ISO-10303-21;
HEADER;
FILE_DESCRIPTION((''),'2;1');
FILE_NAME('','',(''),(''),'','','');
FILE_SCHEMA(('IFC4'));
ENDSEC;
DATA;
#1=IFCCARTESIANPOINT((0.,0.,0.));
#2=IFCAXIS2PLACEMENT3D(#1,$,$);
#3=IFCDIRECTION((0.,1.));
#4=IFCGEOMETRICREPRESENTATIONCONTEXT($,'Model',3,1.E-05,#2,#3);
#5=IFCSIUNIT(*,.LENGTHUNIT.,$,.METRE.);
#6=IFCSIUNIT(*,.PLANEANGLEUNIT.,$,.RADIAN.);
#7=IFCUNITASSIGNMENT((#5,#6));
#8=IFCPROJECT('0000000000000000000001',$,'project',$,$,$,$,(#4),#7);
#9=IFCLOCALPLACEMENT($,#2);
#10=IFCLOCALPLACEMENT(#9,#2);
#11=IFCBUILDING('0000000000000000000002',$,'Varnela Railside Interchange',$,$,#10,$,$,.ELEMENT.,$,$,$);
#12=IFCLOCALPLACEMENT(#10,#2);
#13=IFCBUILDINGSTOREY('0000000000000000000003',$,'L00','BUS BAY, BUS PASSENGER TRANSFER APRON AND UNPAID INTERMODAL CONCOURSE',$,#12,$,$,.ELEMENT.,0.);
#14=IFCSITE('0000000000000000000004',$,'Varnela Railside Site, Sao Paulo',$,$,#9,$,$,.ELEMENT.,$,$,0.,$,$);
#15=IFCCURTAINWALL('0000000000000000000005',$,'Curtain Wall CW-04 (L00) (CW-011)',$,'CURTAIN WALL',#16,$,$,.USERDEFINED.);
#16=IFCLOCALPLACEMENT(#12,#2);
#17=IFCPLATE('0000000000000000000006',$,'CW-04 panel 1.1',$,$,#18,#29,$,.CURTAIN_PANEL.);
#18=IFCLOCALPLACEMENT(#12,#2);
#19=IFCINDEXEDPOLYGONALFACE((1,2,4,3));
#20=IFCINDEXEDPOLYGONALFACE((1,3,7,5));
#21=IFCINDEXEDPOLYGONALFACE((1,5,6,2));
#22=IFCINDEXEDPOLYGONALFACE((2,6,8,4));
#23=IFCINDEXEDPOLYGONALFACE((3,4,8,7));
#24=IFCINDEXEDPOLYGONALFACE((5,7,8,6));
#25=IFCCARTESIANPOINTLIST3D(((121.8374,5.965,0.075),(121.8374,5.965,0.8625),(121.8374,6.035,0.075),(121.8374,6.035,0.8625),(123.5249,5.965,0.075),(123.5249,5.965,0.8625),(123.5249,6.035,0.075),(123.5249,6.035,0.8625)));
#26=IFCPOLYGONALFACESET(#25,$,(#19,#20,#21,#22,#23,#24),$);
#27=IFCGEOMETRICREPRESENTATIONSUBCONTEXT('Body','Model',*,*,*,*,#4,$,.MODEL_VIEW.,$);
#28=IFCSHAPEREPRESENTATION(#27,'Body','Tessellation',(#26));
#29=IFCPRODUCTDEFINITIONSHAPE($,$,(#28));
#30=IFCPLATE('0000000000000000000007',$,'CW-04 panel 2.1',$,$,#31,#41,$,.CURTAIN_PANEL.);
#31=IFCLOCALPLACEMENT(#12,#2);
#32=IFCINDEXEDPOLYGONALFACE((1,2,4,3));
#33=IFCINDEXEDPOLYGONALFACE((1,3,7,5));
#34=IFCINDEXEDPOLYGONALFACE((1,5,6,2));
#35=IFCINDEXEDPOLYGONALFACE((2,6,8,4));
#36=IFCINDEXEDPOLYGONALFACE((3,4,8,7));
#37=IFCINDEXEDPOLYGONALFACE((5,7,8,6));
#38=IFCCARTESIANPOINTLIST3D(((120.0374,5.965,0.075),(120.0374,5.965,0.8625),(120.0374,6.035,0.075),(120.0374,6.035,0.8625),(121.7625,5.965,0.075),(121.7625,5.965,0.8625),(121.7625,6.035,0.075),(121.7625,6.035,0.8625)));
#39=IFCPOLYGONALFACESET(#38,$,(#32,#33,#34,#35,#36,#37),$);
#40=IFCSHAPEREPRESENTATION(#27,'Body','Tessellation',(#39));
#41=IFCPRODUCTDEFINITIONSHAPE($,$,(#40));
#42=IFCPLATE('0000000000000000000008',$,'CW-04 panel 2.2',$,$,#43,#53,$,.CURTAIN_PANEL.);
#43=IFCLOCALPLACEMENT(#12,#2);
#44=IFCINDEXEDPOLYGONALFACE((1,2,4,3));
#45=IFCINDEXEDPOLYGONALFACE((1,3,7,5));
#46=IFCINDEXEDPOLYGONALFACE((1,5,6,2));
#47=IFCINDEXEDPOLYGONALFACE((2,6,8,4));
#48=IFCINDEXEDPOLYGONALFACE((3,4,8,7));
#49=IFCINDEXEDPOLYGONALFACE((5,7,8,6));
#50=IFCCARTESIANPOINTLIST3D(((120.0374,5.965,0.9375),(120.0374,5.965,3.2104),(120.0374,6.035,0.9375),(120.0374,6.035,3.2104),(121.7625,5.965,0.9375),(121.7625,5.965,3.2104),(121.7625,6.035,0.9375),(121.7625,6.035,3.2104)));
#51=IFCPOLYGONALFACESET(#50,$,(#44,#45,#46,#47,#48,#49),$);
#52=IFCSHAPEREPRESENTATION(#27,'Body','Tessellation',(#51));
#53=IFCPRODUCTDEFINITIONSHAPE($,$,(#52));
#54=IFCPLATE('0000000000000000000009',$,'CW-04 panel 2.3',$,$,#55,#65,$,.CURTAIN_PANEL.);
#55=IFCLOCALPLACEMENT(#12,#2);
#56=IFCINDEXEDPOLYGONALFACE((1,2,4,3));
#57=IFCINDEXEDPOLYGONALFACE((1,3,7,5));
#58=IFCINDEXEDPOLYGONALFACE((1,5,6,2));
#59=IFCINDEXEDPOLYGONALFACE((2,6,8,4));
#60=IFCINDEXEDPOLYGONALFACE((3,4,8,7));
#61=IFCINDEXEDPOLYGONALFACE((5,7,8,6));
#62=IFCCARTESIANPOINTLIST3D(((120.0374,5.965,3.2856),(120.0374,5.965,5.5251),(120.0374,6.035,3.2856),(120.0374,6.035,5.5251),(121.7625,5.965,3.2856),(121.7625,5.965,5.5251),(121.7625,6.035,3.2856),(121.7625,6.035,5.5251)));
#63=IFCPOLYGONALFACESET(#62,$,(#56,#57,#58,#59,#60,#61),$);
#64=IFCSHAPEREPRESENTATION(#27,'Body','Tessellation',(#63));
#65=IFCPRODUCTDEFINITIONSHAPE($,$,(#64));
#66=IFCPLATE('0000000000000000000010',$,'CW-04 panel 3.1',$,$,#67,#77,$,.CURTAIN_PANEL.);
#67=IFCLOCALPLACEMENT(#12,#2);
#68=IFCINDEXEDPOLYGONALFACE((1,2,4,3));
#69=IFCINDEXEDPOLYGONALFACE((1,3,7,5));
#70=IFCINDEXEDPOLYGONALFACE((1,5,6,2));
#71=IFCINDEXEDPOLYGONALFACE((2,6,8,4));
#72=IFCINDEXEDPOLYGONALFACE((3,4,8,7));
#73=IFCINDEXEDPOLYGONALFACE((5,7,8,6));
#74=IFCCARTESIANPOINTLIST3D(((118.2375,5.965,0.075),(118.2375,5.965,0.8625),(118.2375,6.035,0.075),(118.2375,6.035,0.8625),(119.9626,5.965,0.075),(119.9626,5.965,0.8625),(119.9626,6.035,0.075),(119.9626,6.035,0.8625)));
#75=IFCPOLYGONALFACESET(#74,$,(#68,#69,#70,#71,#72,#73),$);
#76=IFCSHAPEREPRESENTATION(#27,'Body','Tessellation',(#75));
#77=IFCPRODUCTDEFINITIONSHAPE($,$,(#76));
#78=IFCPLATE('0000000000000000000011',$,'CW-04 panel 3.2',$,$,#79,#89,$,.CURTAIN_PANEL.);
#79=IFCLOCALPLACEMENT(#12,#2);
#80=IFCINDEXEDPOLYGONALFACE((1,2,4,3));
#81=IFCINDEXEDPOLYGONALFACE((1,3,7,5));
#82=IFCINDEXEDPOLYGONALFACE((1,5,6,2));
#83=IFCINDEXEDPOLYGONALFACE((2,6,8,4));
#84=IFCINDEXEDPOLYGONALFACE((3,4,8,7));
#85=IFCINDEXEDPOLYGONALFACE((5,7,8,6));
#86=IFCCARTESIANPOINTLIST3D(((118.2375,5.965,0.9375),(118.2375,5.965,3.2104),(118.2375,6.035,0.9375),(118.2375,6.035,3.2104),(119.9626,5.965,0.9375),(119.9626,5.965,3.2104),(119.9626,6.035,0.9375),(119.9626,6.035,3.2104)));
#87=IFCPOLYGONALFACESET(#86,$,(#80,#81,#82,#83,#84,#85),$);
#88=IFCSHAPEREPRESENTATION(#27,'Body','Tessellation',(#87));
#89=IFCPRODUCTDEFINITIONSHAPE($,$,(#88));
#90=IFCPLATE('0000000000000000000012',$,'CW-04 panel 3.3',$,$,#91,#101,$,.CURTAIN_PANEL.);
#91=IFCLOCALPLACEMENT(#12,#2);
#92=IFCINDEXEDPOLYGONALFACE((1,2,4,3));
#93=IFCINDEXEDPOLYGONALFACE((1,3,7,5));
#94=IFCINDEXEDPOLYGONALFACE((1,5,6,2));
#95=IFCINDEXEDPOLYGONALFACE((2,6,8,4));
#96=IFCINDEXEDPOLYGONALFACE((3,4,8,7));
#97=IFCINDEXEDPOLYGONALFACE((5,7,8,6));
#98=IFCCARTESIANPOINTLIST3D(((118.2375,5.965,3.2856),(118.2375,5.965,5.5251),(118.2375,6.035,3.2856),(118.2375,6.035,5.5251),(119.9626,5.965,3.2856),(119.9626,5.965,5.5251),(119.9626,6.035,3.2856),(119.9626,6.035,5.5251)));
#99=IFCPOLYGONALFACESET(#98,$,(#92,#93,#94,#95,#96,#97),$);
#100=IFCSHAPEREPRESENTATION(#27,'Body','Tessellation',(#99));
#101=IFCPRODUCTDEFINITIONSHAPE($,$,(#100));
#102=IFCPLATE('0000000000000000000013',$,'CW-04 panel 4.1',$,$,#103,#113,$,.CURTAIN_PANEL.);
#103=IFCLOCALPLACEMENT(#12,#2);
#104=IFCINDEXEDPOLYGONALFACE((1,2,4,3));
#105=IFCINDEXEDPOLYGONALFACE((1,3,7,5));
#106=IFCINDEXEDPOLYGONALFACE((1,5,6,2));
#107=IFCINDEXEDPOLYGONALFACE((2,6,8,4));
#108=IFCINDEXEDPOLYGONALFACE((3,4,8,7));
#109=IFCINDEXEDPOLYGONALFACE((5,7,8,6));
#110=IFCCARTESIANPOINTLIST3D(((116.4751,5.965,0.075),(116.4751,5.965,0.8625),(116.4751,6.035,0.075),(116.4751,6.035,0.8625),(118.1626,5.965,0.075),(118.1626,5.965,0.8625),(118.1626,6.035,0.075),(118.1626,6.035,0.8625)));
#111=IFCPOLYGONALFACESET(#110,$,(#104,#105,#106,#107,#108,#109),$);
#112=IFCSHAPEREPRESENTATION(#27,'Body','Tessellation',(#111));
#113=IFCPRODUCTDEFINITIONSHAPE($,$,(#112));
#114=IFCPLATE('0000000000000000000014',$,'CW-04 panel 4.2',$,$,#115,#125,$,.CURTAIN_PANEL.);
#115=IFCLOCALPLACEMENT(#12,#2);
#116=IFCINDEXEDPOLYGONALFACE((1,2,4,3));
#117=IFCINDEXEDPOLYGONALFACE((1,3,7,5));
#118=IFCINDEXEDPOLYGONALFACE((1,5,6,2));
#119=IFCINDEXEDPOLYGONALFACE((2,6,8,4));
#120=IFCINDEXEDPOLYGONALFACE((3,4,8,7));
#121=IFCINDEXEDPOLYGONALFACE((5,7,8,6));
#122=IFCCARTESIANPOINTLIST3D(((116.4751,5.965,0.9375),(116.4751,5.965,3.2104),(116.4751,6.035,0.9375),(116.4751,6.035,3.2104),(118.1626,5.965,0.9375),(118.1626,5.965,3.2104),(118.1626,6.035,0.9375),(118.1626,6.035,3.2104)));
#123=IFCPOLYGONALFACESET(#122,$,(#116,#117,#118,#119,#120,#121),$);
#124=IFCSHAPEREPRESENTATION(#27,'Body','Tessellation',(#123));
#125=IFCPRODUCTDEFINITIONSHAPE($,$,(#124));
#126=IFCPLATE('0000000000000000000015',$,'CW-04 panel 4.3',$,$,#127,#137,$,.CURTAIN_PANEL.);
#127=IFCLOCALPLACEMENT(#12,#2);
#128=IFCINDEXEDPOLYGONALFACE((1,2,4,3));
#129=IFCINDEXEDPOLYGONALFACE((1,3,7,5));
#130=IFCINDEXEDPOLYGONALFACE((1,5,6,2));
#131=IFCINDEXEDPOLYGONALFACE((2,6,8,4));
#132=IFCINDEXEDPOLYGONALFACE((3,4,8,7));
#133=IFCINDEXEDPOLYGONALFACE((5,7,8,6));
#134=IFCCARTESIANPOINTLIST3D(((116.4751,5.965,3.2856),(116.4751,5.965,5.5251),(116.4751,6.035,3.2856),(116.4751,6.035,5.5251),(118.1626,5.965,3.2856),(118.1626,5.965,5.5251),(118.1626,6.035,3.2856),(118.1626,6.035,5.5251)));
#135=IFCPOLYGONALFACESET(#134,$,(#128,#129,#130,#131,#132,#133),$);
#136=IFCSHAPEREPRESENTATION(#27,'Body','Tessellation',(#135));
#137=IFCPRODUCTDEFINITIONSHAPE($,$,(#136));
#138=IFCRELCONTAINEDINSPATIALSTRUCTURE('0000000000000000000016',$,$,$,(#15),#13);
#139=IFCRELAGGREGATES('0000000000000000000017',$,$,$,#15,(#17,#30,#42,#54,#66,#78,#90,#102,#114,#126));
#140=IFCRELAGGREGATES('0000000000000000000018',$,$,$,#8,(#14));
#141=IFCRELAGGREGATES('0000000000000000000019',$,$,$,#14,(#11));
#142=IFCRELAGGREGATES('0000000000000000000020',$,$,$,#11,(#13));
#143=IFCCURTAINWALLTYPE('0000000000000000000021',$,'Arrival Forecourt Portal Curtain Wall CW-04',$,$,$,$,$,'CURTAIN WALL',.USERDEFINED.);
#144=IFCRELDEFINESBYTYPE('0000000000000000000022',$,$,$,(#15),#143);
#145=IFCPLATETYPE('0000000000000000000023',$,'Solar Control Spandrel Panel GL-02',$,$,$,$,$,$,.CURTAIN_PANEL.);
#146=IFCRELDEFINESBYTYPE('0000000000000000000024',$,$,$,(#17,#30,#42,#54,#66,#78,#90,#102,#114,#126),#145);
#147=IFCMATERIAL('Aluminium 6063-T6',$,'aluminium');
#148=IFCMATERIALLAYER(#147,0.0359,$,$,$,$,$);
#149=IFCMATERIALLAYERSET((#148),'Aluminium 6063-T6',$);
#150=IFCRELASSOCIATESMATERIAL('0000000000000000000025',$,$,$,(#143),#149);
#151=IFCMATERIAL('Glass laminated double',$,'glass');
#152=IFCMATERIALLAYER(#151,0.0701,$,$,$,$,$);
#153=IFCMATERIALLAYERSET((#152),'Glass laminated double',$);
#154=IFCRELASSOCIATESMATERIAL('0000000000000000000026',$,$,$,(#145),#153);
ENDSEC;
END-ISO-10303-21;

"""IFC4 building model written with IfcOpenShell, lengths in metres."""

from ifc_helpers import new_model, si_unit, direction, frame, origin, origin_2d, place, context, subcontext, project, spatial, rectangle, extrude, material, layer, layer_set, type_object, element, aggregate, save


model = new_model("IFC4")

# Units and contexts
model_context = context("Model", 3, precision=1e-05, world=origin(), true_north=direction((0.0, 1.0)))
body_context = subcontext(model_context, "Body", "Model", "MODEL_VIEW")
ifc_project = project(units=[si_unit("LENGTHUNIT", "METRE"), si_unit("PLANEANGLEUNIT", "RADIAN")], contexts=[model_context])

# Site, building, storey
site_placement = place(None, origin())
site = spatial("IfcSite", under=ifc_project, at=site_placement, Name="Varnela Railside Site, Sao Paulo", CompositionType="ELEMENT", RefElevation=0.0)
building_placement = place(site_placement, origin())
building = spatial("IfcBuilding", under=site, at=building_placement, Name="Varnela Railside Interchange", CompositionType="ELEMENT")
storey_placement = place(building_placement, origin())
storey = spatial("IfcBuildingStorey", under=building, at=storey_placement, Name="L00", Description="BUS BAY, BUS PASSENGER TRANSFER APRON AND UNPAID INTERMODAL CONCOURSE", CompositionType="ELEMENT", Elevation=0.0)

# Curtain wall, plates
ifc_material_1 = material(Name="Aluminium 6063-T6", Category="aluminium")
ifc_layer_1 = layer(ifc_material_1, 0.0359)
ifc_layer_set_1 = layer_set([ifc_layer_1], Name="Aluminium 6063-T6")
curtain_wall_type = type_object("IfcCurtainWallType", Name="Arrival Forecourt Portal Curtain Wall CW-04", ElementType="CURTAIN WALL", PredefinedType="USERDEFINED", material=ifc_layer_set_1)
curtain_wall_placement = place(storey_placement, origin())
curtain_wall = element("IfcCurtainWall", 1, at=curtain_wall_placement, inside=storey, type_object=curtain_wall_type, Name="Curtain Wall CW-04 (L00) (CW-011)", ObjectType="CURTAIN WALL", PredefinedType="USERDEFINED")
ifc_material_2 = material(Name="Glass laminated double", Category="glass")
ifc_layer_2 = layer(ifc_material_2, 0.0701)
ifc_layer_set_2 = layer_set([ifc_layer_2], Name="Glass laminated double")
plate_type = type_object("IfcPlateType", Name="Solar Control Spandrel Panel GL-02", PredefinedType="CURTAIN_PANEL", material=ifc_layer_set_2)
plate_1_placement = place(storey_placement, frame((122.6812, 6.0, 0.075), z_axis=(0.0, 0.0, 1.0), x_axis=(-1.0, 0.0, 0.0)))
plate_1 = element("IfcPlate", 2, at=plate_1_placement, type_object=plate_type, Name="CW-04 panel 1.1", PredefinedType="CURTAIN_PANEL", context=body_context, shape_type="SweptSolid", body=[
    extrude(rectangle(XDim=1.6875, YDim=0.0701, at=origin_2d()), origin(), (0.0, 0.0, 1.0), 0.7876),
])
plate_2_placement = place(storey_placement, frame((120.8999, 6.0, 0.075), z_axis=(0.0, 0.0, 1.0), x_axis=(-1.0, 0.0, 0.0)))
plate_2 = element("IfcPlate", 3, at=plate_2_placement, type_object=plate_type, Name="CW-04 panel 2.1", PredefinedType="CURTAIN_PANEL", context=body_context, shape_type="SweptSolid", body=[
    extrude(rectangle(XDim=1.7251, YDim=0.0701, at=origin_2d()), origin(), (0.0, 0.0, 1.0), 0.7876),
])
plate_3_placement = place(storey_placement, frame((120.8999, 6.0, 0.9375), z_axis=(0.0, 0.0, 1.0), x_axis=(-1.0, 0.0, 0.0)))
plate_3 = element("IfcPlate", 4, at=plate_3_placement, type_object=plate_type, Name="CW-04 panel 2.2", PredefinedType="CURTAIN_PANEL", context=body_context, shape_type="SweptSolid", body=[
    extrude(rectangle(XDim=1.7251, YDim=0.0701, at=origin_2d()), origin(), (0.0, 0.0, 1.0), 2.2729),
])
plate_4_placement = place(storey_placement, frame((120.8999, 6.0, 3.2856), z_axis=(0.0, 0.0, 1.0), x_axis=(-1.0, 0.0, 0.0)))
plate_4 = element("IfcPlate", 5, at=plate_4_placement, type_object=plate_type, Name="CW-04 panel 2.3", PredefinedType="CURTAIN_PANEL", context=body_context, shape_type="SweptSolid", body=[
    extrude(rectangle(XDim=1.7251, YDim=0.0701, at=origin_2d()), origin(), (0.0, 0.0, 1.0), 2.2395),
])
plate_5_placement = place(storey_placement, frame((119.1001, 6.0, 0.075), z_axis=(0.0, 0.0, 1.0), x_axis=(-1.0, 0.0, 0.0)))
plate_5 = element("IfcPlate", 6, at=plate_5_placement, type_object=plate_type, Name="CW-04 panel 3.1", PredefinedType="CURTAIN_PANEL", context=body_context, shape_type="SweptSolid", body=[
    extrude(rectangle(XDim=1.7251, YDim=0.0701, at=origin_2d()), origin(), (0.0, 0.0, 1.0), 0.7876),
])
plate_6_placement = place(storey_placement, frame((119.1001, 6.0, 0.9375), z_axis=(0.0, 0.0, 1.0), x_axis=(-1.0, 0.0, 0.0)))
plate_6 = element("IfcPlate", 7, at=plate_6_placement, type_object=plate_type, Name="CW-04 panel 3.2", PredefinedType="CURTAIN_PANEL", context=body_context, shape_type="SweptSolid", body=[
    extrude(rectangle(XDim=1.7251, YDim=0.0701, at=origin_2d()), origin(), (0.0, 0.0, 1.0), 2.2729),
])
plate_7_placement = place(storey_placement, frame((119.1001, 6.0, 3.2856), z_axis=(0.0, 0.0, 1.0), x_axis=(-1.0, 0.0, 0.0)))
plate_7 = element("IfcPlate", 8, at=plate_7_placement, type_object=plate_type, Name="CW-04 panel 3.3", PredefinedType="CURTAIN_PANEL", context=body_context, shape_type="SweptSolid", body=[
    extrude(rectangle(XDim=1.7251, YDim=0.0701, at=origin_2d()), origin(), (0.0, 0.0, 1.0), 2.2395),
])
plate_8_placement = place(storey_placement, frame((117.3188, 6.0, 0.075), z_axis=(0.0, 0.0, 1.0), x_axis=(-1.0, 0.0, 0.0)))
plate_8 = element("IfcPlate", 9, at=plate_8_placement, type_object=plate_type, Name="CW-04 panel 4.1", PredefinedType="CURTAIN_PANEL", context=body_context, shape_type="SweptSolid", body=[
    extrude(rectangle(XDim=1.6875, YDim=0.0701, at=origin_2d()), origin(), (0.0, 0.0, 1.0), 0.7876),
])
plate_9_placement = place(storey_placement, frame((117.3188, 6.0, 0.9375), z_axis=(0.0, 0.0, 1.0), x_axis=(-1.0, 0.0, 0.0)))
plate_9 = element("IfcPlate", 10, at=plate_9_placement, type_object=plate_type, Name="CW-04 panel 4.2", PredefinedType="CURTAIN_PANEL", context=body_context, shape_type="SweptSolid", body=[
    extrude(rectangle(XDim=1.6875, YDim=0.0701, at=origin_2d()), origin(), (0.0, 0.0, 1.0), 2.2729),
])
plate_10_placement = place(storey_placement, frame((117.3188, 6.0, 3.2856), z_axis=(0.0, 0.0, 1.0), x_axis=(-1.0, 0.0, 0.0)))
plate_10 = element("IfcPlate", 11, at=plate_10_placement, type_object=plate_type, Name="CW-04 panel 4.3", PredefinedType="CURTAIN_PANEL", context=body_context, shape_type="SweptSolid", body=[
    extrude(rectangle(XDim=1.6875, YDim=0.0701, at=origin_2d()), origin(), (0.0, 0.0, 1.0), 2.2395),
])
aggregate(curtain_wall, [plate_1, plate_2, plate_3, plate_4, plate_5, plate_6, plate_7, plate_8, plate_9, plate_10])

save(model, "model.ifc")
